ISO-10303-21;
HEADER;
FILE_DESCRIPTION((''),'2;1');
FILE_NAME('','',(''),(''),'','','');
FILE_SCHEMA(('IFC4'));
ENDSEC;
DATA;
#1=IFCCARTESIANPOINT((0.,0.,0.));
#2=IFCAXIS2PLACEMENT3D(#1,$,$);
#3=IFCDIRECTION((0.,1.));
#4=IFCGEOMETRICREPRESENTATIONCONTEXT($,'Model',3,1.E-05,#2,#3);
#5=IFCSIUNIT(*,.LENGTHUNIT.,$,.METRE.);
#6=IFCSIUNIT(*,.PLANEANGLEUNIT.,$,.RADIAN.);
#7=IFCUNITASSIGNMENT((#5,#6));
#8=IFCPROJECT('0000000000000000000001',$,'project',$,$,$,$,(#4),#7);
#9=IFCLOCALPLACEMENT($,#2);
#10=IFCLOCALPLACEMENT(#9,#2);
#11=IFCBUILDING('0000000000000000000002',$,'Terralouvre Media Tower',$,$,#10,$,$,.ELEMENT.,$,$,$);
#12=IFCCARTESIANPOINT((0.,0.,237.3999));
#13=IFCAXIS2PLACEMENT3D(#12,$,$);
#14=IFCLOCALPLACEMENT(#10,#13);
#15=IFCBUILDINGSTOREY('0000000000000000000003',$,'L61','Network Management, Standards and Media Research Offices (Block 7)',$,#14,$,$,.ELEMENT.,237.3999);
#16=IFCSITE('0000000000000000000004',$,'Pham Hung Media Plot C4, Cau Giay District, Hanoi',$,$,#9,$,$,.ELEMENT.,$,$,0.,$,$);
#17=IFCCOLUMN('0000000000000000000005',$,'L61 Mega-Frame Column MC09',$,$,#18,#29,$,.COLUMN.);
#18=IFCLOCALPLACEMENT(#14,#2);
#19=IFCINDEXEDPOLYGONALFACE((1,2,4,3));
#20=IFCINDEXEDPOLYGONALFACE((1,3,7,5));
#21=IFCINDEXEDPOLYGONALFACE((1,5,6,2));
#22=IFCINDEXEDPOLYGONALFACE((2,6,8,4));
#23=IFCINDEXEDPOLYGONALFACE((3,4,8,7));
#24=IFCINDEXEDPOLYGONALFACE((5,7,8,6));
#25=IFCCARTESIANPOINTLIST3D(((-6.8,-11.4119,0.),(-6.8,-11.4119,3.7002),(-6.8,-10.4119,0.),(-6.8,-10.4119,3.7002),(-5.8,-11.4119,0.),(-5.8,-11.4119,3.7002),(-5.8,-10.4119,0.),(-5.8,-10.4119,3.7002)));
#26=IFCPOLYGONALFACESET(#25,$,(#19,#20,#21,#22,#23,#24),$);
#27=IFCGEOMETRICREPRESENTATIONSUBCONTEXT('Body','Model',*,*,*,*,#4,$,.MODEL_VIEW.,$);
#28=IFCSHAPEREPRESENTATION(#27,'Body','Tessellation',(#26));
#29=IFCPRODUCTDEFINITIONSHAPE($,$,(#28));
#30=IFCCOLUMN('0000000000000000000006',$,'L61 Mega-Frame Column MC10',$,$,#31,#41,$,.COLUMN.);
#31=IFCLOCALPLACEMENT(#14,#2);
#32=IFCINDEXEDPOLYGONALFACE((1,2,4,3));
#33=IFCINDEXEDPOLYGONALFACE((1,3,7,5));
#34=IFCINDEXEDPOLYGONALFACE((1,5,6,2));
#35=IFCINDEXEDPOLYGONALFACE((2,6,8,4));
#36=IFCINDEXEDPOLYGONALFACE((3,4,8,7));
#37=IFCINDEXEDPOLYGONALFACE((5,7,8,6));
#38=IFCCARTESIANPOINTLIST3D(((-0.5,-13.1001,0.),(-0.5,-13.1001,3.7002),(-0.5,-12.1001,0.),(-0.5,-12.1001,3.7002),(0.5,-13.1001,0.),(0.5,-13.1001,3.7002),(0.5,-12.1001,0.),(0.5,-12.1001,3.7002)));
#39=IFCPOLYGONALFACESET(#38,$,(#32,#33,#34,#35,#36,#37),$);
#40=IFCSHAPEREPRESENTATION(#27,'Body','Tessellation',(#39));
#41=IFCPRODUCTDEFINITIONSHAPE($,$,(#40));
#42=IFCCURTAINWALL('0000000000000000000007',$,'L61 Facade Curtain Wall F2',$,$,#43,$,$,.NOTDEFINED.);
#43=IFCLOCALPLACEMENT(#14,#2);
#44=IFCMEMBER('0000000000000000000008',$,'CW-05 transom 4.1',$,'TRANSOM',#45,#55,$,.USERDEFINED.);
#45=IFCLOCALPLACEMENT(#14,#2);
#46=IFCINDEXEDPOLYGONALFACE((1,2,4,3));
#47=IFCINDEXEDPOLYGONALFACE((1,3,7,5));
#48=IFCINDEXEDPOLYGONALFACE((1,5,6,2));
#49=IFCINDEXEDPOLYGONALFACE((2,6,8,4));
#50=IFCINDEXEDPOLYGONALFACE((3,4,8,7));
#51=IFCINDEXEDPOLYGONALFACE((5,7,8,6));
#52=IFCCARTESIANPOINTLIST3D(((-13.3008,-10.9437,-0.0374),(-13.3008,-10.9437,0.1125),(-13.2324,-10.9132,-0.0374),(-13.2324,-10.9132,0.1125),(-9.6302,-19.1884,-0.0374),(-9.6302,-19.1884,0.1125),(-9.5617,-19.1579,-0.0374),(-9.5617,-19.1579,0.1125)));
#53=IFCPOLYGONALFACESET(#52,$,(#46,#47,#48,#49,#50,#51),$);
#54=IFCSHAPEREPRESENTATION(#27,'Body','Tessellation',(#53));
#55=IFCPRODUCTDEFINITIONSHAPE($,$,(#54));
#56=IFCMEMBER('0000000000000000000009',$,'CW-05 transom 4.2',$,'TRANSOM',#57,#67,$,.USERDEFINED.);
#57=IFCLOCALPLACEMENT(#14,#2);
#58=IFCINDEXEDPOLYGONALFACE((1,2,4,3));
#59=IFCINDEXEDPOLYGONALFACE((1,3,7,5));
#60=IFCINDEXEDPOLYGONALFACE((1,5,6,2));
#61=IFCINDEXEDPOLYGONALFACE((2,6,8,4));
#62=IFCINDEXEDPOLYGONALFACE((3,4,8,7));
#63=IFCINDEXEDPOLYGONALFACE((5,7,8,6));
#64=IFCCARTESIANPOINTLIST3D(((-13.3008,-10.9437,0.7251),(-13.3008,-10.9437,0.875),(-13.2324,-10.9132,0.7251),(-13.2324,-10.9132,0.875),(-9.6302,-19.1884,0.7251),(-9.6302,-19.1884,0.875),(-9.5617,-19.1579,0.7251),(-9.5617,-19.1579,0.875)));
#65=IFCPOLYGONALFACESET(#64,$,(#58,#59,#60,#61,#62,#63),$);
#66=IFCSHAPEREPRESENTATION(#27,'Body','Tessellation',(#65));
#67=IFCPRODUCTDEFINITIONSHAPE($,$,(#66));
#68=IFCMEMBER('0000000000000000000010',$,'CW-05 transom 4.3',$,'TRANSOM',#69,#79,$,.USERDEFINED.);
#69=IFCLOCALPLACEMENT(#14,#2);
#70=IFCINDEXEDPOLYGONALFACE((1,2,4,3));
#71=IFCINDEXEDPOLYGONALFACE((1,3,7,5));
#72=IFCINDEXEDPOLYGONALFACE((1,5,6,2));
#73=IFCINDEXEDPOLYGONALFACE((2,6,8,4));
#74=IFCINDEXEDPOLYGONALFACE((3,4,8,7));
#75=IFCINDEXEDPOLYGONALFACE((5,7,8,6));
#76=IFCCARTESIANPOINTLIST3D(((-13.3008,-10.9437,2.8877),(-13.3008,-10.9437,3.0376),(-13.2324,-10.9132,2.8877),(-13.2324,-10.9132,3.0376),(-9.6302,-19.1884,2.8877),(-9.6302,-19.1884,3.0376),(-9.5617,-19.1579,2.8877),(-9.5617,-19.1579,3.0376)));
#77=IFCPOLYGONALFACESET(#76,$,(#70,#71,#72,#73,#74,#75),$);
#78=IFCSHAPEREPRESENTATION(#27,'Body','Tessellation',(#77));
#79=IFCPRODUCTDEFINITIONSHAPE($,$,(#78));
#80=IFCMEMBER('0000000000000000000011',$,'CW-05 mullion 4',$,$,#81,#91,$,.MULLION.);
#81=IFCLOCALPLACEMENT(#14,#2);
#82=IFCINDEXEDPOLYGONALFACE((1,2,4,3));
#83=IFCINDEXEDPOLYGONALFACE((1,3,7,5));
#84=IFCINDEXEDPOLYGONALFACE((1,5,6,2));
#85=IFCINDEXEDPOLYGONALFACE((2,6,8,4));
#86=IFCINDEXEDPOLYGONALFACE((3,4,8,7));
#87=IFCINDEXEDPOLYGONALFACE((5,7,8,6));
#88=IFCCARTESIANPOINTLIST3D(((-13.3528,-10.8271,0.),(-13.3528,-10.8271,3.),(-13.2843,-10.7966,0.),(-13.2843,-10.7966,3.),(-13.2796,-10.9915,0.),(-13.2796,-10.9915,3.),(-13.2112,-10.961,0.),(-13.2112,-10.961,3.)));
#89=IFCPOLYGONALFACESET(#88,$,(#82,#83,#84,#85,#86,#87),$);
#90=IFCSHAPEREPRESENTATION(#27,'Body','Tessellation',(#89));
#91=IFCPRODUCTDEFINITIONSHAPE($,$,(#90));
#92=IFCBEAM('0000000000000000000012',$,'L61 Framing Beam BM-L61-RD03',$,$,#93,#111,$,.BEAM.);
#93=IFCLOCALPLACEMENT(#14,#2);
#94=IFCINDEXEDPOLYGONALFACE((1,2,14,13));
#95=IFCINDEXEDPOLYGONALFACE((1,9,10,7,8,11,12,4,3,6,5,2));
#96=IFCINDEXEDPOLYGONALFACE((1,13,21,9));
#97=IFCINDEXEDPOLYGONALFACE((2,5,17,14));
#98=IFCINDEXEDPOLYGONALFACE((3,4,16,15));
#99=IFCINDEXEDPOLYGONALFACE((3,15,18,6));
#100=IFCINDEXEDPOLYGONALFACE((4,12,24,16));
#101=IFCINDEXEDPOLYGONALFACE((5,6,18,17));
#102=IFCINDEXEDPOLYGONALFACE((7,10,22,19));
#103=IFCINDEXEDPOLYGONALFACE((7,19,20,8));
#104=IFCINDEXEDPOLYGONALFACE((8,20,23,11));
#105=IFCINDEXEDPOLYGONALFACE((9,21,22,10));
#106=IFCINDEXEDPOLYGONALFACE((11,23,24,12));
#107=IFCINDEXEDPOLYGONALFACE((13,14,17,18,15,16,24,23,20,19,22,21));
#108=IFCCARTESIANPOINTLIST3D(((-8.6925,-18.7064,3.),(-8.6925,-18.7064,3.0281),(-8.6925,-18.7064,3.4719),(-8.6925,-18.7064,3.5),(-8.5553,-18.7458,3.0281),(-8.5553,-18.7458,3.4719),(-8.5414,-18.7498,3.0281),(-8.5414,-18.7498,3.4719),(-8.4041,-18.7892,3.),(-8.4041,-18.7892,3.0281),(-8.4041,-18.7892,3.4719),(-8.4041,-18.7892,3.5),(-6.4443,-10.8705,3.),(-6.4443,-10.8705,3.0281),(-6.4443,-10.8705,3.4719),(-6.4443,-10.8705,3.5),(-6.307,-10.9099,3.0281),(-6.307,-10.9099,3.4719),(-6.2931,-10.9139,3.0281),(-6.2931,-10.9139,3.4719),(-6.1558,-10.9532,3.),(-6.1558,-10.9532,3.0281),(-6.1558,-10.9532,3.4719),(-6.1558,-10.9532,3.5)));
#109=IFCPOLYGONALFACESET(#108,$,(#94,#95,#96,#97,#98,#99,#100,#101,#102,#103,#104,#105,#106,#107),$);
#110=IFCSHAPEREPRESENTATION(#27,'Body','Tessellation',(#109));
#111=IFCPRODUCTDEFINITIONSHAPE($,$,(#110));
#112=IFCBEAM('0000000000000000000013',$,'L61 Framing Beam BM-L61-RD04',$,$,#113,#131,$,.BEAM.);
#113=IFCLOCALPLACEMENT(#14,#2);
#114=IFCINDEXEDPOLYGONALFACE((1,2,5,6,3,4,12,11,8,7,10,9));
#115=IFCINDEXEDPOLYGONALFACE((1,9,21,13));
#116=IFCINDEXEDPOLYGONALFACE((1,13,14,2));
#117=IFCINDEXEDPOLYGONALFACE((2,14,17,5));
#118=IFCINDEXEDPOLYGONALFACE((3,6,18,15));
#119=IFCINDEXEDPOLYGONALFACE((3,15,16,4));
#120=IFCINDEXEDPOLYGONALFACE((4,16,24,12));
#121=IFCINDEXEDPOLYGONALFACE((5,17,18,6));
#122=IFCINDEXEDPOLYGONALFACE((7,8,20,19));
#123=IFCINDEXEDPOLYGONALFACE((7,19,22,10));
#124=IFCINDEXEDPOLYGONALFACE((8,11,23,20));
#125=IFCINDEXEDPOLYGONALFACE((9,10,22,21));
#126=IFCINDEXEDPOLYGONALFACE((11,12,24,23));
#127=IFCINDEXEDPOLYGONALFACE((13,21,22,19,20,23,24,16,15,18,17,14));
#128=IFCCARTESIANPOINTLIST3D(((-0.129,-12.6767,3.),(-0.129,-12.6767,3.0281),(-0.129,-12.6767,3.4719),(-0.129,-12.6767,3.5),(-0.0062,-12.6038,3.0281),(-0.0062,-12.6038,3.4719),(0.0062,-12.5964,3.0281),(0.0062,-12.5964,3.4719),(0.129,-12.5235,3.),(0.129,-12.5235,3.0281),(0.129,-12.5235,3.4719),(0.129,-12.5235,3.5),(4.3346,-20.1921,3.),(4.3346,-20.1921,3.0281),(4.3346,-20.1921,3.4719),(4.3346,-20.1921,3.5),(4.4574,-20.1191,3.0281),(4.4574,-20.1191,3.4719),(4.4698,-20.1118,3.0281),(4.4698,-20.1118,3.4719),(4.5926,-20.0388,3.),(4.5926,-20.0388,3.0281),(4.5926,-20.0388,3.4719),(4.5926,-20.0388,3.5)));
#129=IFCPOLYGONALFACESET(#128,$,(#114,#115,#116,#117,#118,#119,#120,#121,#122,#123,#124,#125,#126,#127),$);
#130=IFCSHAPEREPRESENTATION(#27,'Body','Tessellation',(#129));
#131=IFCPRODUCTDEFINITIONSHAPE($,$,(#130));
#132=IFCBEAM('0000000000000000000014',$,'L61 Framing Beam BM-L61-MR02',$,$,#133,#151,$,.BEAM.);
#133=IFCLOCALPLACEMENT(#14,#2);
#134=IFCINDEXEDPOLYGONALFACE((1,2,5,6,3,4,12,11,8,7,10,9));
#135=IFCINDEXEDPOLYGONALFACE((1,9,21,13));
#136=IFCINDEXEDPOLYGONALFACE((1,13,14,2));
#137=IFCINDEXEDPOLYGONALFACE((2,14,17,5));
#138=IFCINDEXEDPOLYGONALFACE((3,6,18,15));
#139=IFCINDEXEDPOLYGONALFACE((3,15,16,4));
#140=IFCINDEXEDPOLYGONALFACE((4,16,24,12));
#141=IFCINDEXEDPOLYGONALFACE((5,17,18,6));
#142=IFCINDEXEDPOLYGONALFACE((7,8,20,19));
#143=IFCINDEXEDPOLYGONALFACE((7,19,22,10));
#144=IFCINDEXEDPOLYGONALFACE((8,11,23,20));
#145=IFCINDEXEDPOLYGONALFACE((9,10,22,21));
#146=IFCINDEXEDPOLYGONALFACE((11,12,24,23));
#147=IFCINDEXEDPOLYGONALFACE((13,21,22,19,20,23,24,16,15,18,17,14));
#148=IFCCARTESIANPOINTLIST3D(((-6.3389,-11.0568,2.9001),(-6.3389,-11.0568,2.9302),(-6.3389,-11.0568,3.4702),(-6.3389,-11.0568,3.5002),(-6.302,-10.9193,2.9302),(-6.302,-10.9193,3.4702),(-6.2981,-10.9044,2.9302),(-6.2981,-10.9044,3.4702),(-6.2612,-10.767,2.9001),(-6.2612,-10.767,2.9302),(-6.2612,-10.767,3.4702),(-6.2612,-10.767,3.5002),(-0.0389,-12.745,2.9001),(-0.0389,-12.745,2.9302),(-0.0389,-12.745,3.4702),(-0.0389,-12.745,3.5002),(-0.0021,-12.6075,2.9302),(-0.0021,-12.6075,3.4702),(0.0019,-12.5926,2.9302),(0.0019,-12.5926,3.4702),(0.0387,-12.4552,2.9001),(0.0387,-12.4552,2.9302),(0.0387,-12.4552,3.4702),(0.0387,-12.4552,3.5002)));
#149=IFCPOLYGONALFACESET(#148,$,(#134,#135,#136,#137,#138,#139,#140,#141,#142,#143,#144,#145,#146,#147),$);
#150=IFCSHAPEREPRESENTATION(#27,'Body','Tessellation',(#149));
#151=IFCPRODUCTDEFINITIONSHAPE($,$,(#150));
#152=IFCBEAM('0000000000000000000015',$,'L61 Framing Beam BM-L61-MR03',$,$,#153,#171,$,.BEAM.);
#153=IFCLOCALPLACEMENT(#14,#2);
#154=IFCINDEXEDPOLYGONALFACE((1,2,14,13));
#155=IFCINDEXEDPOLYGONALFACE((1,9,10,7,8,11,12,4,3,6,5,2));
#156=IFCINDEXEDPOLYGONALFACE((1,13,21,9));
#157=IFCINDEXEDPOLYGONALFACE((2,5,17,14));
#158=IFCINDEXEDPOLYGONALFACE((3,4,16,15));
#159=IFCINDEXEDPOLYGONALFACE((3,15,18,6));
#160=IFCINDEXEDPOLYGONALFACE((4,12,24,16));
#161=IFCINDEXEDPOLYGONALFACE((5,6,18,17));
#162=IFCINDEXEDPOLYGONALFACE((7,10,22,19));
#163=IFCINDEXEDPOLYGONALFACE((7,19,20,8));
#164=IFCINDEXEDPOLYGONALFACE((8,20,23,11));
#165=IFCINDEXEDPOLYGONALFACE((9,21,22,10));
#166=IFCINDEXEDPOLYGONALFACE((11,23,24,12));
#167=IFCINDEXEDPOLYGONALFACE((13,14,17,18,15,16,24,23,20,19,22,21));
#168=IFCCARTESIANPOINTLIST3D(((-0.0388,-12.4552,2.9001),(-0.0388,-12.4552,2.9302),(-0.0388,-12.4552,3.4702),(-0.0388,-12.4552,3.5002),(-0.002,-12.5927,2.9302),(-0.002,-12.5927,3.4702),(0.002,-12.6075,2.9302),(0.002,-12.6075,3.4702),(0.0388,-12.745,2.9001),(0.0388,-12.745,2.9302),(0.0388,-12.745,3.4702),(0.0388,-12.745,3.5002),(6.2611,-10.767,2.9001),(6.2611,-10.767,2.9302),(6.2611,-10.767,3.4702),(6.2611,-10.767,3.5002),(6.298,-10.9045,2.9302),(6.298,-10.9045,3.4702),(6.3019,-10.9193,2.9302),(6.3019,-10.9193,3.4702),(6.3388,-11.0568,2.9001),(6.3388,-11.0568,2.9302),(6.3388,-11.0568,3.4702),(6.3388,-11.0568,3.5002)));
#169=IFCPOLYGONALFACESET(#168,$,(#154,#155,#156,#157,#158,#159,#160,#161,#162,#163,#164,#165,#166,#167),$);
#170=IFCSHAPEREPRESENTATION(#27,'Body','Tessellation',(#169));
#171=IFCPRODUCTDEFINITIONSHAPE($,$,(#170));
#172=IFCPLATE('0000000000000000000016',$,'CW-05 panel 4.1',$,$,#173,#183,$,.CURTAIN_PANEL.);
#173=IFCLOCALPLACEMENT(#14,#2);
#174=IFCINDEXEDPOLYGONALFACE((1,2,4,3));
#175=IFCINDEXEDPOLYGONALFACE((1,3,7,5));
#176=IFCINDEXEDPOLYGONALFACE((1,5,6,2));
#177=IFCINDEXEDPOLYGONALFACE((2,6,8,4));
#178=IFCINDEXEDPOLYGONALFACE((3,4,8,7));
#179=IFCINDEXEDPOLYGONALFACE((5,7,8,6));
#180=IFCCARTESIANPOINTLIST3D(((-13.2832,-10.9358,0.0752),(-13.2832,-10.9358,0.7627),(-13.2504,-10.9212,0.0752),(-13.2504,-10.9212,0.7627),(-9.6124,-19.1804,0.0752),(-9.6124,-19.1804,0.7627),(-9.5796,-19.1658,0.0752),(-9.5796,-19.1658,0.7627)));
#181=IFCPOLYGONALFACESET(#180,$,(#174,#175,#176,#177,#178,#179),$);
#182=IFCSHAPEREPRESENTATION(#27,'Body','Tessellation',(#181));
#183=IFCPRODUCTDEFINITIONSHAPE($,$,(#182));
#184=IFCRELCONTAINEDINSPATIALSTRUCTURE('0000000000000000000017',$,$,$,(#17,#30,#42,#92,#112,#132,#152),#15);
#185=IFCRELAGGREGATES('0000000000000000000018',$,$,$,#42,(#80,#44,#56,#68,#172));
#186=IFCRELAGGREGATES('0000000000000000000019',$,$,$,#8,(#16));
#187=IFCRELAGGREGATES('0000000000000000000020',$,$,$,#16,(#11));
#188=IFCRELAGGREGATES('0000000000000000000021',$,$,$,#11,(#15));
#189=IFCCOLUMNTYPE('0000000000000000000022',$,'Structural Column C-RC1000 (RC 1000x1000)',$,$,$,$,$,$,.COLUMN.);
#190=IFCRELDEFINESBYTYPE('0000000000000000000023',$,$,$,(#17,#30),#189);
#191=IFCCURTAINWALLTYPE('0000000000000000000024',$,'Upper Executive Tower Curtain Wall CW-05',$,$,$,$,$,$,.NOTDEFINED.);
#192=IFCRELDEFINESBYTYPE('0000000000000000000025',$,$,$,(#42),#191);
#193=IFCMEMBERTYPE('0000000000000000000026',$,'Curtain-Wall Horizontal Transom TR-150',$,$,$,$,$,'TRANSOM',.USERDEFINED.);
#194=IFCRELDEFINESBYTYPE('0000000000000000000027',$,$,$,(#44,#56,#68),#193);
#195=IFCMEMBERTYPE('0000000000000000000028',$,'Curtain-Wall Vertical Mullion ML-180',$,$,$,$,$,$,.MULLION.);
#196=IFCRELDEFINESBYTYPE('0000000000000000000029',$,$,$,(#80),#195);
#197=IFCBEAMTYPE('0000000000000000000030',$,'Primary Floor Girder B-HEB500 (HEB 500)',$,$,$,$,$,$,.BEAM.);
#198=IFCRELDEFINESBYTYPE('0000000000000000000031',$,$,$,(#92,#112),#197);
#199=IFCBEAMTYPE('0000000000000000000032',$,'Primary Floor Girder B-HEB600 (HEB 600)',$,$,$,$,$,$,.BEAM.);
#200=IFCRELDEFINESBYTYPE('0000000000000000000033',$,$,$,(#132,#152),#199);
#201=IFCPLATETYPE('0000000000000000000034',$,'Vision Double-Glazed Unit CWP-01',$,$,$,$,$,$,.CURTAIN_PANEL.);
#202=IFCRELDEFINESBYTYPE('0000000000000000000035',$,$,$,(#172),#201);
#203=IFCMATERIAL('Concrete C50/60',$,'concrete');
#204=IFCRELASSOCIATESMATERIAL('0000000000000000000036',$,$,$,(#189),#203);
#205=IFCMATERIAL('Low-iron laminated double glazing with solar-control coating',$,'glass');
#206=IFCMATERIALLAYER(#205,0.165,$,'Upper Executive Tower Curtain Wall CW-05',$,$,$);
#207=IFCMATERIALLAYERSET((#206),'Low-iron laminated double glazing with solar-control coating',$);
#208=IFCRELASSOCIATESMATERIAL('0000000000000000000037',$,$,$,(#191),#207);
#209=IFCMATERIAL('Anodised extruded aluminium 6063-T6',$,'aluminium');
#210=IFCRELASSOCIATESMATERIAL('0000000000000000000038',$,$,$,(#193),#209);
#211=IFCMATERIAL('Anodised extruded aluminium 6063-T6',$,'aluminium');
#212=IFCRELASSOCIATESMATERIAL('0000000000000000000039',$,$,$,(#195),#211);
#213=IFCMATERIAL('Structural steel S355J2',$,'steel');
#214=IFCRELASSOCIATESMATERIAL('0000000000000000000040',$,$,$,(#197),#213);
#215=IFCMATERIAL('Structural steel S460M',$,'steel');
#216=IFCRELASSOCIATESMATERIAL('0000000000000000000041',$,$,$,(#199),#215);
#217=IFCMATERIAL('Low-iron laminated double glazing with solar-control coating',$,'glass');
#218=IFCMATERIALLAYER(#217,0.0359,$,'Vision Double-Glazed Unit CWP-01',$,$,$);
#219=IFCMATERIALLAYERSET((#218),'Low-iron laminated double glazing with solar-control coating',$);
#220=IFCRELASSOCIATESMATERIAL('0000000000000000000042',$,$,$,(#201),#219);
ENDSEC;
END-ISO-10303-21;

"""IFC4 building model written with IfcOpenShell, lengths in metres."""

from ifc_helpers import new_model, si_unit, direction, frame, origin, origin_2d, place, context, subcontext, project, spatial, rectangle, i_section, extrude, material, layer, layer_set, material_profile, profile_set, type_object, element, aggregate, save


model = new_model("IFC4")

# Units and contexts
model_context = context("Model", 3, precision=1e-05, world=origin(), true_north=direction((0.0, 1.0)))
body_context = subcontext(model_context, "Body", "Model", "MODEL_VIEW")
ifc_project = project(units=[si_unit("LENGTHUNIT", "METRE"), si_unit("PLANEANGLEUNIT", "RADIAN")], contexts=[model_context])

# Site, building, storey
site_placement = place(None, origin())
site = spatial("IfcSite", under=ifc_project, at=site_placement, Name="Pham Hung Media Plot C4, Cau Giay District, Hanoi", CompositionType="ELEMENT", RefElevation=0.0)
building_placement = place(site_placement, origin())
building = spatial("IfcBuilding", under=site, at=building_placement, Name="Terralouvre Media Tower", CompositionType="ELEMENT")
storey_placement = place(building_placement, frame((0.0, 0.0, 237.3999)))
storey = spatial("IfcBuildingStorey", under=building, at=storey_placement, Name="L61", Description="Network Management, Standards and Media Research Offices (Block 7)", CompositionType="ELEMENT", Elevation=237.3999)

# Columns
ifc_material_1 = material(Name="Concrete C50/60", Category="concrete")
ifc_material_profile_1 = material_profile(ifc_material_1, rectangle(XDim=1.0, YDim=1.0, at=origin_2d()), Name="RC 1000x1000")
ifc_profile_set_1 = profile_set([ifc_material_profile_1], Name="Concrete C50/60")
column_type = type_object("IfcColumnType", Name="Structural Column C-RC1000 (RC 1000x1000)", PredefinedType="COLUMN", material=ifc_profile_set_1)
for number, where, z_axis, x_axis, name in (
    (1, (-6.3, -10.9119, 0.0), (0.0, 0.0, 1.0), (1.0, 0.0, 0.0), "L61 Mega-Frame Column MC09"),
    (2, (0.0, -12.6001, 0.0), (0.0, 0.0, 1.0), (1.0, 0.0, 0.0), "L61 Mega-Frame Column MC10"),
):
    element("IfcColumn", number, at=place(storey_placement, frame(where, z_axis=z_axis, x_axis=x_axis)), inside=storey, type_object=column_type, Name=name, PredefinedType="COLUMN", context=body_context, shape_type="SweptSolid", body=[
        extrude(rectangle(XDim=1.0, YDim=1.0, at=origin_2d()), origin(), (0.0, 0.0, 1.0), 3.7002),
    ])

# Curtain wall, members
ifc_material_2 = material(Name="Low-iron laminated double glazing with solar-control coating", Category="glass")
ifc_layer_1 = layer(ifc_material_2, 0.165, Name="Upper Executive Tower Curtain Wall CW-05")
ifc_layer_set_1 = layer_set([ifc_layer_1], Name="Low-iron laminated double glazing with solar-control coating")
curtain_wall_type = type_object("IfcCurtainWallType", Name="Upper Executive Tower Curtain Wall CW-05", PredefinedType="NOTDEFINED", material=ifc_layer_set_1)
curtain_wall_placement = place(storey_placement, origin())
curtain_wall = element("IfcCurtainWall", 3, at=curtain_wall_placement, inside=storey, type_object=curtain_wall_type, Name="L61 Facade Curtain Wall F2", PredefinedType="NOTDEFINED")
ifc_material_3 = material(Name="Anodised extruded aluminium 6063-T6", Category="aluminium")
ifc_material_profile_2 = material_profile(ifc_material_3, rectangle(XDim=0.075, YDim=0.1499, at=origin_2d()), Name="ALU 75x150")
ifc_profile_set_2 = profile_set([ifc_material_profile_2], Name="Anodised extruded aluminium 6063-T6")
member_type_1 = type_object("IfcMemberType", Name="Curtain-Wall Horizontal Transom TR-150", ElementType="TRANSOM", PredefinedType="USERDEFINED", material=ifc_profile_set_2)
member_1_placement = place(storey_placement, frame((-13.2666, -10.9285, 0.0376), z_axis=(0.406728, -0.913549, 0.0), x_axis=(0.913549, 0.406728, 0.0)))
member_1 = element("IfcMember", 4, at=member_1_placement, type_object=member_type_1, Name="CW-05 transom 4.1", ObjectType="TRANSOM", PredefinedType="USERDEFINED", context=body_context, shape_type="SweptSolid", body=[
    extrude(rectangle(XDim=0.075, YDim=0.1499, at=origin_2d()), origin(), (0.0, 0.0, 1.0), 9.0249),
])
member_2_placement = place(storey_placement, frame((-13.2666, -10.9285, 0.8), z_axis=(0.406728, -0.913549, 0.0), x_axis=(0.913549, 0.406728, 0.0)))
member_2 = element("IfcMember", 5, at=member_2_placement, type_object=member_type_1, Name="CW-05 transom 4.2", ObjectType="TRANSOM", PredefinedType="USERDEFINED", context=body_context, shape_type="SweptSolid", body=[
    extrude(rectangle(XDim=0.075, YDim=0.1499, at=origin_2d()), origin(), (0.0, 0.0, 1.0), 9.0249),
])
member_3_placement = place(storey_placement, frame((-13.2666, -10.9285, 2.9626), z_axis=(0.406728, -0.913549, 0.0), x_axis=(0.913549, 0.406728, 0.0)))
member_3 = element("IfcMember", 6, at=member_3_placement, type_object=member_type_1, Name="CW-05 transom 4.3", ObjectType="TRANSOM", PredefinedType="USERDEFINED", context=body_context, shape_type="SweptSolid", body=[
    extrude(rectangle(XDim=0.075, YDim=0.1499, at=origin_2d()), origin(), (0.0, 0.0, 1.0), 9.0249),
])
ifc_material_4 = material(Name="Anodised extruded aluminium 6063-T6", Category="aluminium")
ifc_material_profile_3 = material_profile(ifc_material_4, rectangle(XDim=0.075, YDim=0.1799, at=origin_2d()), Name="ALU 75x180")
ifc_profile_set_3 = profile_set([ifc_material_profile_3], Name="Anodised extruded aluminium 6063-T6")
member_type_2 = type_object("IfcMemberType", Name="Curtain-Wall Vertical Mullion ML-180", PredefinedType="MULLION", material=ifc_profile_set_3)
member_4_placement = place(storey_placement, frame((-13.282, -10.894, 0.0), z_axis=(0.0, 0.0, 1.0), x_axis=(0.913545, 0.406737, 0.0)))
member_4 = element("IfcMember", 7, at=member_4_placement, type_object=member_type_2, Name="CW-05 mullion 4", PredefinedType="MULLION", context=body_context, shape_type="SweptSolid", body=[
    extrude(rectangle(XDim=0.075, YDim=0.1799, at=origin_2d()), origin(), (0.0, 0.0, 1.0), 3.0),
])

# Beams
ifc_material_5 = material(Name="Structural steel S355J2", Category="steel")
ifc_material_profile_4 = material_profile(ifc_material_5, i_section(OverallWidth=0.3, OverallDepth=0.5, WebThickness=0.0144, FlangeThickness=0.0281, at=origin_2d()), Name="HEB 500")
ifc_profile_set_4 = profile_set([ifc_material_profile_4], Name="Structural steel S355J2")
beam_type_1 = type_object("IfcBeamType", Name="Primary Floor Girder B-HEB500 (HEB 500)", PredefinedType="BEAM", material=ifc_profile_set_4)
beam_1_placement = place(storey_placement, frame((-6.3, -10.9119, 3.25), z_axis=(-0.275793, -0.961217, 0.0), x_axis=(0.961217, -0.275793, 0.0)))
element("IfcBeam", 8, at=beam_1_placement, inside=storey, type_object=beam_type_1, Name="L61 Framing Beam BM-L61-RD03", PredefinedType="BEAM", context=body_context, shape_type="SweptSolid", body=[
    extrude(i_section(OverallWidth=0.3, OverallDepth=0.5, WebThickness=0.0144, FlangeThickness=0.0281, at=origin_2d()), origin(), (0.0, 0.0, 1.0), 8.1521),
])
beam_2_placement = place(storey_placement, frame((0.0, -12.6001, 3.25), z_axis=(0.510654, -0.859786, 0.0), x_axis=(0.859786, 0.510654, 0.0)))
element("IfcBeam", 9, at=beam_2_placement, inside=storey, type_object=beam_type_1, Name="L61 Framing Beam BM-L61-RD04", PredefinedType="BEAM", context=body_context, shape_type="SweptSolid", body=[
    extrude(i_section(OverallWidth=0.3, OverallDepth=0.5, WebThickness=0.0144, FlangeThickness=0.0281, at=origin_2d()), origin(), (0.0, 0.0, 1.0), 8.741),
])
ifc_material_6 = material(Name="Structural steel S460M", Category="steel")
ifc_material_profile_5 = material_profile(ifc_material_6, i_section(OverallWidth=0.3, OverallDepth=0.6001, WebThickness=0.0154, FlangeThickness=0.03, at=origin_2d()), Name="HEB 600")
ifc_profile_set_5 = profile_set([ifc_material_profile_5], Name="Structural steel S460M")
beam_type_2 = type_object("IfcBeamType", Name="Primary Floor Girder B-HEB600 (HEB 600)", PredefinedType="BEAM", material=ifc_profile_set_5)
for number, where, z_axis, x_axis, name in (
    (10, (-6.3, -10.9119, 3.2002), (0.96592, -0.258839, 0.0), (0.258839, 0.96592, 0.0), "L61 Framing Beam BM-L61-MR02"),
    (11, (0.0, -12.6001, 3.2002), (0.96592, 0.258839, 0.0), (-0.258839, 0.96592, 0.0), "L61 Framing Beam BM-L61-MR03"),
):
    element("IfcBeam", number, at=place(storey_placement, frame(where, z_axis=z_axis, x_axis=x_axis)), inside=storey, type_object=beam_type_2, Name=name, PredefinedType="BEAM", context=body_context, shape_type="SweptSolid", body=[
        extrude(i_section(OverallWidth=0.3, OverallDepth=0.6001, WebThickness=0.0154, FlangeThickness=0.03, at=origin_2d()), origin(), (0.0, 0.0, 1.0), 6.5222),
    ])

# Plate
ifc_material_7 = material(Name="Low-iron laminated double glazing with solar-control coating", Category="glass")
ifc_layer_2 = layer(ifc_material_7, 0.0359, Name="Vision Double-Glazed Unit CWP-01")
ifc_layer_set_2 = layer_set([ifc_layer_2], Name="Low-iron laminated double glazing with solar-control coating")
plate_type = type_object("IfcPlateType", Name="Vision Double-Glazed Unit CWP-01", PredefinedType="CURTAIN_PANEL", material=ifc_layer_set_2)
plate_1_placement = place(storey_placement, frame((-11.4314, -15.0508, 0.0752), z_axis=(0.0, 0.0, 1.0), x_axis=(0.406737, -0.913545, 0.0)))
plate_1 = element("IfcPlate", 12, at=plate_1_placement, type_object=plate_type, Name="CW-05 panel 4.1", PredefinedType="CURTAIN_PANEL", context=body_context, shape_type="SweptSolid", body=[
    extrude(rectangle(XDim=9.0249, YDim=0.0359, at=origin_2d()), origin(), (0.0, 0.0, 1.0), 0.6875),
])
aggregate(curtain_wall, [member_4, member_1, member_2, member_3, plate_1])

save(model, "model.ifc")
